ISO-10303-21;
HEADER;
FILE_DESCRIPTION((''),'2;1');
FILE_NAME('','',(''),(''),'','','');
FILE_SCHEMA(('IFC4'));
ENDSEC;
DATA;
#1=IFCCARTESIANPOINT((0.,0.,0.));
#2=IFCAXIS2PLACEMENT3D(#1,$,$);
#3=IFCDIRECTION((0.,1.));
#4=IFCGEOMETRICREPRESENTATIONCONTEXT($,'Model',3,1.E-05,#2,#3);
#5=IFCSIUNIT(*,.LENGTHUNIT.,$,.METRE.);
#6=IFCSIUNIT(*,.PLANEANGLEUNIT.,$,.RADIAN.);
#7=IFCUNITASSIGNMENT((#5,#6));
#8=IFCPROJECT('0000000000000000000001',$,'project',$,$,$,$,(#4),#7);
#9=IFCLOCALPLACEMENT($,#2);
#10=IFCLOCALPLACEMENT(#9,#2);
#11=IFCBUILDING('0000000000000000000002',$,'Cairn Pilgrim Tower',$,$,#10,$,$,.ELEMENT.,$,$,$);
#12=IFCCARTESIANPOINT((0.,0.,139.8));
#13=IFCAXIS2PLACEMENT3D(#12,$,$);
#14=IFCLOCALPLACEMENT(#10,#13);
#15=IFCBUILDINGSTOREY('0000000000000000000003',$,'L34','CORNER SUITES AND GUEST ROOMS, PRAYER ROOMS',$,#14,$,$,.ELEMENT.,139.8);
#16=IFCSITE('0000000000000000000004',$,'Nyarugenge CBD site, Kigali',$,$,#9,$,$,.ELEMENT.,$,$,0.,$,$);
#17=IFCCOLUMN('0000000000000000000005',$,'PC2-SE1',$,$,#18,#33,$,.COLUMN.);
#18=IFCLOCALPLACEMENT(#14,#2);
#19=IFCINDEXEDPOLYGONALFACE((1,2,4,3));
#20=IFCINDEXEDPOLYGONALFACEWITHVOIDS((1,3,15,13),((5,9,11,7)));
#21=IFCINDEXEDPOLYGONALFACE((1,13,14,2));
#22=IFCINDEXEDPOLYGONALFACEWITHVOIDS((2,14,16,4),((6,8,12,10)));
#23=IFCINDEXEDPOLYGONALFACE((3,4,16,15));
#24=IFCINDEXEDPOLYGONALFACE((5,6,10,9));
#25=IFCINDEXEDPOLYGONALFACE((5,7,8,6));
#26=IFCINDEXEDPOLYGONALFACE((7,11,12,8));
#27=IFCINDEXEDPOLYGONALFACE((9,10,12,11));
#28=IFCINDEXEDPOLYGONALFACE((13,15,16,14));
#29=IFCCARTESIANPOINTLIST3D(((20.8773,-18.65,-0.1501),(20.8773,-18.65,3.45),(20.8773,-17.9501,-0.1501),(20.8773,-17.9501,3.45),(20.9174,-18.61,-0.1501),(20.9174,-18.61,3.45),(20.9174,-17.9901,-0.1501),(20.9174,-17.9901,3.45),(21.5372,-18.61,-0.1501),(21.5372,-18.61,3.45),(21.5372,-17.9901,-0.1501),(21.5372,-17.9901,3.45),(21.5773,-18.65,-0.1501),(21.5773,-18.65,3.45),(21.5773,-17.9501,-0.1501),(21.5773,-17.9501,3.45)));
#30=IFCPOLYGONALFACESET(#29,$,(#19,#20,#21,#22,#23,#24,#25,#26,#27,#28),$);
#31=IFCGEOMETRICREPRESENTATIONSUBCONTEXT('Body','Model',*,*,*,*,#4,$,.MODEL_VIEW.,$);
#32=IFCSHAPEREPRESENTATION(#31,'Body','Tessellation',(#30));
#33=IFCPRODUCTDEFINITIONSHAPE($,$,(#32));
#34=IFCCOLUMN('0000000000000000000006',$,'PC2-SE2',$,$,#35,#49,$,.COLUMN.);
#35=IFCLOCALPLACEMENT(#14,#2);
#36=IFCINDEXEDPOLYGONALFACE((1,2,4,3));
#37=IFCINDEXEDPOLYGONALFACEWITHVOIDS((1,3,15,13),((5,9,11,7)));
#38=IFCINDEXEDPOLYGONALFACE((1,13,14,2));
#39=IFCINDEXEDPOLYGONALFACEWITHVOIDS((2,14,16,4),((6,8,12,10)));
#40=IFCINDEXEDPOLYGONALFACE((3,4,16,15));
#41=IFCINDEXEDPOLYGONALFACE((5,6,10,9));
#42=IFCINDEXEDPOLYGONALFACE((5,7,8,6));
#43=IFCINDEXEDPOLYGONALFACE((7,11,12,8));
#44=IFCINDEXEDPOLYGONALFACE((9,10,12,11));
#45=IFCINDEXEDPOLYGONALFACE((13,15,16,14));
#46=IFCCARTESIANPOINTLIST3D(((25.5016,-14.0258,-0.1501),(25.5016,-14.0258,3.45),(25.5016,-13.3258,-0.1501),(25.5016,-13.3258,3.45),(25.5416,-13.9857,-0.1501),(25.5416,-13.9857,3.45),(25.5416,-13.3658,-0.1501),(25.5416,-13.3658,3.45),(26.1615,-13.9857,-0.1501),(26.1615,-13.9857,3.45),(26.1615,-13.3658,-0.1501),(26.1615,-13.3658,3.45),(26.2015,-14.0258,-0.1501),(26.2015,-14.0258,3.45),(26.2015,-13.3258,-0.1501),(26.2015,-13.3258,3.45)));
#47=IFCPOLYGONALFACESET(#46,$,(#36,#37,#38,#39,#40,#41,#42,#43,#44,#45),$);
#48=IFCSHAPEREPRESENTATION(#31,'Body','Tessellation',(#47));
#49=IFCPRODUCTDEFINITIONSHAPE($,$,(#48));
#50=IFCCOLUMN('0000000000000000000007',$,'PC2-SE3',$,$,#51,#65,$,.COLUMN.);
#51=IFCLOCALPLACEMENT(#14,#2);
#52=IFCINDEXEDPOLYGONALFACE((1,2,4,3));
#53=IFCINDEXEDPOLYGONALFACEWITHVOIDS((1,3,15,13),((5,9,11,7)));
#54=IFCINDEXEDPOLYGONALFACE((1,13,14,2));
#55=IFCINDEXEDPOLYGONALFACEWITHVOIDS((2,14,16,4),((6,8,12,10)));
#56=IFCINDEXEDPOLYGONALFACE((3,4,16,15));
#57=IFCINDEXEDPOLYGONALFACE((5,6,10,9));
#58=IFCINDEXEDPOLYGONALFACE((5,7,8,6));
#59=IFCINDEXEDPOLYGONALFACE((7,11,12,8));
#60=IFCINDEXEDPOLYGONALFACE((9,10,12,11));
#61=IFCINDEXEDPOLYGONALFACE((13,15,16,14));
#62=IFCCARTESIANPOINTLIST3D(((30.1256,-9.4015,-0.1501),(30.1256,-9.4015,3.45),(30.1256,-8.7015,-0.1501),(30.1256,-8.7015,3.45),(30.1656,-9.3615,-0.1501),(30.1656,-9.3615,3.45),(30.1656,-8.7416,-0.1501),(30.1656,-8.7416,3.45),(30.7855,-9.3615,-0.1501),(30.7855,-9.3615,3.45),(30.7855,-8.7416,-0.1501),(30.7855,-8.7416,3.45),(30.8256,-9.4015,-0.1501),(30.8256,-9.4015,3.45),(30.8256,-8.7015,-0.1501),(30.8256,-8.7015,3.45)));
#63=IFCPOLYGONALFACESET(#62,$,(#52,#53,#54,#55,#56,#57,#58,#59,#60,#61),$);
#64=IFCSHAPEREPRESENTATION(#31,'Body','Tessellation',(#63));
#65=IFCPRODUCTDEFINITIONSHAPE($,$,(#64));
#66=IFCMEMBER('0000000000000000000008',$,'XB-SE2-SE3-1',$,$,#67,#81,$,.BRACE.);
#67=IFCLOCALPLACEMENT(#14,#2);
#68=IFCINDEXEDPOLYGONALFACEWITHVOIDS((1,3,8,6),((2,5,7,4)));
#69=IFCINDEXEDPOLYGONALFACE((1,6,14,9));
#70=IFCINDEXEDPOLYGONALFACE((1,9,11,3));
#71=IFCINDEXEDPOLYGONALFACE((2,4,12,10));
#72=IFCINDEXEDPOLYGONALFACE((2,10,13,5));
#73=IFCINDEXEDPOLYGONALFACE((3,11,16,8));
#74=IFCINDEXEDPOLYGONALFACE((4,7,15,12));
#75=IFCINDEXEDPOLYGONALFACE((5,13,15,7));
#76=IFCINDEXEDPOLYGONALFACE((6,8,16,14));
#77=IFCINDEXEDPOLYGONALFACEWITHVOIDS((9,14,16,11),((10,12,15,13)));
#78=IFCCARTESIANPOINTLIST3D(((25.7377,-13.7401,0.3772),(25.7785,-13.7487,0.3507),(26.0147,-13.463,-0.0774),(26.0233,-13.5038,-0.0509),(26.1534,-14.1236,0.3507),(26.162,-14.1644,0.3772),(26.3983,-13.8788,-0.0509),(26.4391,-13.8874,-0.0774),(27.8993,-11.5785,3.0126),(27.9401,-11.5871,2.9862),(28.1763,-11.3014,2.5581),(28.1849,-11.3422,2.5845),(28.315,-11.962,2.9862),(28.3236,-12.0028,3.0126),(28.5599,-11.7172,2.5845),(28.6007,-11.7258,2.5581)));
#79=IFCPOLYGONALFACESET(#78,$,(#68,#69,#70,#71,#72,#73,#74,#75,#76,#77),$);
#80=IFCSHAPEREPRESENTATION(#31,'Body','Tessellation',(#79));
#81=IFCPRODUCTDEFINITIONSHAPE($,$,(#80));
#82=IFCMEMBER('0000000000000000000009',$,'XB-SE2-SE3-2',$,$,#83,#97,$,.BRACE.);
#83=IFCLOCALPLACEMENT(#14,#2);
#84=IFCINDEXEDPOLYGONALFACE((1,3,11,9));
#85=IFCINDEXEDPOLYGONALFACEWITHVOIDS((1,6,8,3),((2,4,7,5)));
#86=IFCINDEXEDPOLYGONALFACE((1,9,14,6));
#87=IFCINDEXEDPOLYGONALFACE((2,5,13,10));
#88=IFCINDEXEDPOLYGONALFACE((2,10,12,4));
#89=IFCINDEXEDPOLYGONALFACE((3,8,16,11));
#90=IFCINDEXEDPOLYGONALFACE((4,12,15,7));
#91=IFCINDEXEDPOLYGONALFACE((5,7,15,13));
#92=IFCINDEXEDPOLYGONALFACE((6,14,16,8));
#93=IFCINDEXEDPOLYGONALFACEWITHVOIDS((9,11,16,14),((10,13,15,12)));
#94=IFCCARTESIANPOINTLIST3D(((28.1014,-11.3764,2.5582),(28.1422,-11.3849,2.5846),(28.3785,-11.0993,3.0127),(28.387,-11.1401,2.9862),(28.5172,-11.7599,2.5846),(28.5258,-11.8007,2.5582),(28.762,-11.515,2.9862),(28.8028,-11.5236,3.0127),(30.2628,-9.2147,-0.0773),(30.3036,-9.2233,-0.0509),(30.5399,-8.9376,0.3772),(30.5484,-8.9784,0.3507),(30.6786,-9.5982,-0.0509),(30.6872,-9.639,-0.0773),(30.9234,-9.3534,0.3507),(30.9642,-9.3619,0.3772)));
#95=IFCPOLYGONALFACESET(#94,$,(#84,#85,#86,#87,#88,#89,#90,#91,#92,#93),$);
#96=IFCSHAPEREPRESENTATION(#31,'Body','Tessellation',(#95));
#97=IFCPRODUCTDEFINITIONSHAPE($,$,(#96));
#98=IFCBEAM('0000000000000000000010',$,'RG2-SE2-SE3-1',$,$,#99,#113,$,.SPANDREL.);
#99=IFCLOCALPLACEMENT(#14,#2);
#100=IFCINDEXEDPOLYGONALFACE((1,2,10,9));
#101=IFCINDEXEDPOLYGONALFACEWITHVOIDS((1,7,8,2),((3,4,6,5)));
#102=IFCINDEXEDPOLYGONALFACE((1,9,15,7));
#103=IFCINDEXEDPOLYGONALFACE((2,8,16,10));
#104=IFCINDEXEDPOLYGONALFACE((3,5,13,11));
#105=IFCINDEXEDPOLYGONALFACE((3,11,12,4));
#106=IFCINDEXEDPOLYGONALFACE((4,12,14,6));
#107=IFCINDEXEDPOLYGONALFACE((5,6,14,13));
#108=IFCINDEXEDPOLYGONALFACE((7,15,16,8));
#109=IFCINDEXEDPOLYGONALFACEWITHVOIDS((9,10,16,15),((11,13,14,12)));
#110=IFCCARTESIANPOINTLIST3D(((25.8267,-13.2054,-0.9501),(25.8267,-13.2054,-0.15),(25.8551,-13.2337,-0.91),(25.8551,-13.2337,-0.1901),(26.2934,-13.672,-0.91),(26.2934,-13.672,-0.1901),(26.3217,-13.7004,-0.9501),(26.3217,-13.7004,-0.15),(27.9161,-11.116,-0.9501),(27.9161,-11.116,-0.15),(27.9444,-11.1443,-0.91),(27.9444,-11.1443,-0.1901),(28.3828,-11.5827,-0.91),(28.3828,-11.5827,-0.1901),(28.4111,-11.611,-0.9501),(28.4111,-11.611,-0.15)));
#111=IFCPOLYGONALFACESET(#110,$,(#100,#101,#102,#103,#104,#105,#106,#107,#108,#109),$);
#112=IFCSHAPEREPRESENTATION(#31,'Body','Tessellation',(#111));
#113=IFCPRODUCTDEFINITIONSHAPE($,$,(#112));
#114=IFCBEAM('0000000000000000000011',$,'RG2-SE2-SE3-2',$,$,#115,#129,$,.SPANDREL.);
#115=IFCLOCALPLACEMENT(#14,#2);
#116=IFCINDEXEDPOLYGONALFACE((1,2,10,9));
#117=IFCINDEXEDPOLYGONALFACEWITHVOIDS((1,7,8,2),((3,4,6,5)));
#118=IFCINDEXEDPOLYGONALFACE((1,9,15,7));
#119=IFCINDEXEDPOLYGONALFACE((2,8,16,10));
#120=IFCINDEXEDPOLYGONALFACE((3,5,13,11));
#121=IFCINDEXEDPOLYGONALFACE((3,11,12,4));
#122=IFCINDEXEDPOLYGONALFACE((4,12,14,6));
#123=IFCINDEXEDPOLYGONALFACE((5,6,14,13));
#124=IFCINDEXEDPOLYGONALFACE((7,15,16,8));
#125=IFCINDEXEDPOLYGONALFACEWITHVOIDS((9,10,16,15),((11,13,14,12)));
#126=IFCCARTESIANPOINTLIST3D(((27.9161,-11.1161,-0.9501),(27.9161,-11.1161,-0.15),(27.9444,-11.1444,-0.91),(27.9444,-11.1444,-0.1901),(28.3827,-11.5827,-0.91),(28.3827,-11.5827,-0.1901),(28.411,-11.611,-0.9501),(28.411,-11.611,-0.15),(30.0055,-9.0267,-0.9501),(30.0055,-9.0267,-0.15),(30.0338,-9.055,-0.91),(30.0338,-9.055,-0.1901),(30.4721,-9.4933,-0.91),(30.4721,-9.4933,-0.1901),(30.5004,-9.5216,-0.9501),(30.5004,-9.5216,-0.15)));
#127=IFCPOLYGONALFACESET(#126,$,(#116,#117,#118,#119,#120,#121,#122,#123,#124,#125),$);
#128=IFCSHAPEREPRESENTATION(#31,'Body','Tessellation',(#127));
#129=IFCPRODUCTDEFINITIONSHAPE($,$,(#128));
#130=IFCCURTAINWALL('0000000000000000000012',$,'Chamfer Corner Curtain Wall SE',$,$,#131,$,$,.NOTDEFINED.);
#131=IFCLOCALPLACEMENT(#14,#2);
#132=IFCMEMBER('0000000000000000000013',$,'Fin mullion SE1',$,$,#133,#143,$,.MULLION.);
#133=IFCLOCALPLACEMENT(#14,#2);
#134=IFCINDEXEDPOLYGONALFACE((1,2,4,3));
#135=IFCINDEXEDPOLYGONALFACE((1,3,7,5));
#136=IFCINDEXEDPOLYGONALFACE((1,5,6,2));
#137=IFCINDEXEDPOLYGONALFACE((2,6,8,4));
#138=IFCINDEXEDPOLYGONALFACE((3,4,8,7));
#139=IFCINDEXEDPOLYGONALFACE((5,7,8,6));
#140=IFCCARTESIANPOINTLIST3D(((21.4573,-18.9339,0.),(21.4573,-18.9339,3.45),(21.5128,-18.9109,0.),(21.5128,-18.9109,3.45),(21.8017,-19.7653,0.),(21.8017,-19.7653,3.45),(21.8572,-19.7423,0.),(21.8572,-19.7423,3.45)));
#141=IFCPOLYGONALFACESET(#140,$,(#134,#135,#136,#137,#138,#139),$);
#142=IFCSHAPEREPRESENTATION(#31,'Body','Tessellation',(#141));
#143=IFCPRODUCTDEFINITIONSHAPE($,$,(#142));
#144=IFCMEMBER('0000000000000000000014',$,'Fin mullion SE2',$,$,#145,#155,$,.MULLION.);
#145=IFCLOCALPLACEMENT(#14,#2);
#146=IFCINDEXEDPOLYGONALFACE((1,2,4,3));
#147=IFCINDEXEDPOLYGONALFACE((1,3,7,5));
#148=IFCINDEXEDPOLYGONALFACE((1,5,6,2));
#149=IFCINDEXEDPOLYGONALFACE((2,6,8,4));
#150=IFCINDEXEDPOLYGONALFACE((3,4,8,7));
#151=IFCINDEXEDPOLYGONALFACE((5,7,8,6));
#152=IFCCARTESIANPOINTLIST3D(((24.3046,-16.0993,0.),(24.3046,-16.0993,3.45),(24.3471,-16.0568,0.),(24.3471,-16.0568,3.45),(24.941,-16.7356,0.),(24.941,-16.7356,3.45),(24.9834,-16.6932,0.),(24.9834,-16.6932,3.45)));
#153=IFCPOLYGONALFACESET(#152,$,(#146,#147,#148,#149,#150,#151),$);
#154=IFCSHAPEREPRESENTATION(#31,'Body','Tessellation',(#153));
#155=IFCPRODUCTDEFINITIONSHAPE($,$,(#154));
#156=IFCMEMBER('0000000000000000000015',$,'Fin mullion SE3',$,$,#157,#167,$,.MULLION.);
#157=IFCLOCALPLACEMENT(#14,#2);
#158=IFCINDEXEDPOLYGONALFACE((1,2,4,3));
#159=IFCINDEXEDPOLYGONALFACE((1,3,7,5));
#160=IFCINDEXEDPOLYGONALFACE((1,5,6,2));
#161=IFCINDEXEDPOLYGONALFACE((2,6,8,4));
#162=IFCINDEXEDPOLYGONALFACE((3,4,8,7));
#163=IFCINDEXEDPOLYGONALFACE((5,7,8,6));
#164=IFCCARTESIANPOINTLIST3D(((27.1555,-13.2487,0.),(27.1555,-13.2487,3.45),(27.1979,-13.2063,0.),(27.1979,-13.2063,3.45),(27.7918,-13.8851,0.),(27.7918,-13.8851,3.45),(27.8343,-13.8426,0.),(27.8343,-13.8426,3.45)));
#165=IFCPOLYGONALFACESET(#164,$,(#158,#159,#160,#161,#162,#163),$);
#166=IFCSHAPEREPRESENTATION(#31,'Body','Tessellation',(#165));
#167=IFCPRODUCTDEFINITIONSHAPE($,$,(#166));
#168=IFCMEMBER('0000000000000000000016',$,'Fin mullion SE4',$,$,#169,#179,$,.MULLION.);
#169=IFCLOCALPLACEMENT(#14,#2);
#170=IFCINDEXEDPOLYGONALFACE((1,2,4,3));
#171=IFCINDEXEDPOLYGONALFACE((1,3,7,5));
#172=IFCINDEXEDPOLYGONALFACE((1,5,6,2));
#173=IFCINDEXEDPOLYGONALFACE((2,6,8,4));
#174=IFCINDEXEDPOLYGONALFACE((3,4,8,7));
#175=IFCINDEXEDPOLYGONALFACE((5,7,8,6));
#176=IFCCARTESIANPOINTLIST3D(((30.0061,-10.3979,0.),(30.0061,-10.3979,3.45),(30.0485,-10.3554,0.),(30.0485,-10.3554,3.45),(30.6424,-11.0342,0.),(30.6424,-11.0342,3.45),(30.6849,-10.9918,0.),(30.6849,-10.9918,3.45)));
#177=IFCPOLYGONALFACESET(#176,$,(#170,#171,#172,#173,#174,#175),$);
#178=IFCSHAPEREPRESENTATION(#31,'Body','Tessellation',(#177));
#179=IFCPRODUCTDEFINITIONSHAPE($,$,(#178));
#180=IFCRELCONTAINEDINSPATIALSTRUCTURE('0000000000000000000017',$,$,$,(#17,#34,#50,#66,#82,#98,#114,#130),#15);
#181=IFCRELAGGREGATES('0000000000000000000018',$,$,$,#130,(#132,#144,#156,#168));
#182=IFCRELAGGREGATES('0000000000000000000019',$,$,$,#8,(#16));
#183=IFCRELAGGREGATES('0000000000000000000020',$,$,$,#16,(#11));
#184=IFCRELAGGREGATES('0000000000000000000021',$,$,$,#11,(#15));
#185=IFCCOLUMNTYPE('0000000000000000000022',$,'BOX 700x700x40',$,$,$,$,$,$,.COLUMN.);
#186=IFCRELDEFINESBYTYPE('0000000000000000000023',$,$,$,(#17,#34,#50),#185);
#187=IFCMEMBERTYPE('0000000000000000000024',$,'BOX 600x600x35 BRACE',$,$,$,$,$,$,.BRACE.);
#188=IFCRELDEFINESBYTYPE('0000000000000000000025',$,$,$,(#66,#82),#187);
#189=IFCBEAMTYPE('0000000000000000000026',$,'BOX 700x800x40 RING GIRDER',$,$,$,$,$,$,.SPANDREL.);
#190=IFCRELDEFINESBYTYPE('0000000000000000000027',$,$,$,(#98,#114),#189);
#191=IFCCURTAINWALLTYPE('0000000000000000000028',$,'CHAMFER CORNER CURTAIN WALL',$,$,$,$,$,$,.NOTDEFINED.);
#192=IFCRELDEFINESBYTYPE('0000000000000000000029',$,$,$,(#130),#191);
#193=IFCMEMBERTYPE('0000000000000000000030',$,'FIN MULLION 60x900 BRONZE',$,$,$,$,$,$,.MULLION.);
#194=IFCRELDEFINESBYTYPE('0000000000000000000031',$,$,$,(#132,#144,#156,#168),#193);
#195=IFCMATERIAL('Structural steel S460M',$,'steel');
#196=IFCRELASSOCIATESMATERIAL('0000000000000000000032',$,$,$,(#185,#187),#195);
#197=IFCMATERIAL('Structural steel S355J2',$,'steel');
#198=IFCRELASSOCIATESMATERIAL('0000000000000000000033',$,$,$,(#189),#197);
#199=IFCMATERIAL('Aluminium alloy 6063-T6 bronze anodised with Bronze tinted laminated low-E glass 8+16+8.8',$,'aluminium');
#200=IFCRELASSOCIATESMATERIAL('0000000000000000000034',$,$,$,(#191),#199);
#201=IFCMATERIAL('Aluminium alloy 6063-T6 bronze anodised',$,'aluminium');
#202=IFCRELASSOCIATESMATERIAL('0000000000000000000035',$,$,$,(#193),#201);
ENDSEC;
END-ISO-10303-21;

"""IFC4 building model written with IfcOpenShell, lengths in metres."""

from ifc_helpers import new_model, si_unit, direction, frame, origin, origin_2d, place, context, subcontext, project, spatial, rectangle, hollow_rectangle, extrude, material, material_profile, profile_set, type_object, element, aggregate, save


model = new_model("IFC4")

# Units and contexts
model_context = context("Model", 3, precision=1e-05, world=origin(), true_north=direction((0.0, 1.0)))
body_context = subcontext(model_context, "Body", "Model", "MODEL_VIEW")
ifc_project = project(units=[si_unit("LENGTHUNIT", "METRE"), si_unit("PLANEANGLEUNIT", "RADIAN")], contexts=[model_context])

# Site, building, storey
site_placement = place(None, origin())
site = spatial("IfcSite", under=ifc_project, at=site_placement, Name="Nyarugenge CBD site, Kigali", CompositionType="ELEMENT", RefElevation=0.0)
building_placement = place(site_placement, origin())
building = spatial("IfcBuilding", under=site, at=building_placement, Name="Cairn Pilgrim Tower", CompositionType="ELEMENT")
storey_placement = place(building_placement, frame((0.0, 0.0, 139.8)))
storey = spatial("IfcBuildingStorey", under=building, at=storey_placement, Name="L34", Description="CORNER SUITES AND GUEST ROOMS, PRAYER ROOMS", CompositionType="ELEMENT", Elevation=139.8)

# Columns
ifc_material_1 = material(Name="Structural steel S460M", Category="steel")
ifc_material_profile_1 = material_profile(ifc_material_1, hollow_rectangle(XDim=0.7, YDim=0.7, WallThickness=0.04, at=origin_2d()), Name="BOX 700x700x40")
ifc_profile_set_1 = profile_set([ifc_material_profile_1], Name="Structural steel S460M")
column_type = type_object("IfcColumnType", Name="BOX 700x700x40", PredefinedType="COLUMN", material=ifc_profile_set_1)
for number, where, z_axis, x_axis, name in (
    (1, (21.2273, -18.3, -0.1501), (0.0, 0.0, 1.0), (1.0, 0.0, 0.0), "PC2-SE1"),
    (2, (25.8516, -13.6758, -0.1501), (0.0, 0.0, 1.0), (1.0, 0.0, 0.0), "PC2-SE2"),
    (3, (30.4756, -9.0515, -0.1501), (0.0, 0.0, 1.0), (1.0, 0.0, 0.0), "PC2-SE3"),
):
    element("IfcColumn", number, at=place(storey_placement, frame(where, z_axis=z_axis, x_axis=x_axis)), inside=storey, type_object=column_type, Name=name, PredefinedType="COLUMN", context=body_context, shape_type="SweptSolid", body=[
        extrude(hollow_rectangle(XDim=0.7, YDim=0.7, WallThickness=0.04, at=origin_2d()), origin(), (0.0, 0.0, 1.0), 3.6001),
    ])

# Members
ifc_material_profile_2 = material_profile(ifc_material_1, hollow_rectangle(XDim=0.6001, YDim=0.6001, WallThickness=0.0349, at=origin_2d()), Name="BOX 600x600x35")
ifc_profile_set_2 = profile_set([ifc_material_profile_2], Name="Structural steel S460M")
member_type_1 = type_object("IfcMemberType", Name="BOX 600x600x35 BRACE", PredefinedType="BRACE", material=ifc_profile_set_2)
for number, where, z_axis, x_axis, name in (
    (4, (26.0884, -13.8137, 0.1499), (0.535556, 0.535556, 0.652962), (-0.707107, 0.707107, 0.0), "XB-SE2-SE3-1"),
    (5, (30.6135, -9.2883, 0.1499), (-0.535513, -0.535573, 0.652983), (0.707147, -0.707067, 0.0), "XB-SE2-SE3-2"),
):
    element("IfcMember", number, at=place(storey_placement, frame(where, z_axis=z_axis, x_axis=x_axis)), inside=storey, type_object=member_type_1, Name=name, PredefinedType="BRACE", context=body_context, shape_type="SweptSolid", body=[
        extrude(hollow_rectangle(XDim=0.6001, YDim=0.6001, WallThickness=0.0349, at=origin_2d()), origin(), (0.0, 0.0, 1.0), 4.0361),
    ])

# Beams
ifc_material_2 = material(Name="Structural steel S355J2", Category="steel")
ifc_material_profile_3 = material_profile(ifc_material_2, hollow_rectangle(XDim=0.7, YDim=0.8, WallThickness=0.04, at=origin_2d()), Name="BOX 700x800x40")
ifc_profile_set_3 = profile_set([ifc_material_profile_3], Name="Structural steel S355J2")
beam_type_1 = type_object("IfcBeamType", Name="BOX 700x800x40 RING GIRDER", PredefinedType="SPANDREL", material=ifc_profile_set_3)
for number, where, z_axis, x_axis, name in (
    (6, (26.0742, -13.4529, -0.55), (0.707107, 0.707107, 0.0), (-0.707107, 0.707107, 0.0), "RG2-SE2-SE3-1"),
    (7, (28.1636, -11.3635, -0.55), (0.707107, 0.707107, 0.0), (-0.707107, 0.707107, 0.0), "RG2-SE2-SE3-2"),
):
    element("IfcBeam", number, at=place(storey_placement, frame(where, z_axis=z_axis, x_axis=x_axis)), inside=storey, type_object=beam_type_1, Name=name, PredefinedType="SPANDREL", context=body_context, shape_type="SweptSolid", body=[
        extrude(hollow_rectangle(XDim=0.7, YDim=0.8, WallThickness=0.04, at=origin_2d()), origin(), (0.0, 0.0, 1.0), 2.9548),
    ])

# Curtain wall, members
ifc_material_3 = material(Name="Aluminium alloy 6063-T6 bronze anodised with Bronze tinted laminated low-E glass 8+16+8.8", Category="aluminium")
curtain_wall_type = type_object("IfcCurtainWallType", Name="CHAMFER CORNER CURTAIN WALL", PredefinedType="NOTDEFINED", material=ifc_material_3)
curtain_wall_placement = place(storey_placement, origin())
curtain_wall = element("IfcCurtainWall", 8, at=curtain_wall_placement, inside=storey, type_object=curtain_wall_type, Name="Chamfer Corner Curtain Wall SE", PredefinedType="NOTDEFINED")
ifc_material_4 = material(Name="Aluminium alloy 6063-T6 bronze anodised", Category="aluminium")
ifc_material_profile_4 = material_profile(ifc_material_4, rectangle(XDim=0.8999, YDim=0.0601, at=origin_2d()), Name="FIN MULLION 60x900 BRONZE")
ifc_profile_set_4 = profile_set([ifc_material_profile_4], Name="Aluminium alloy 6063-T6 bronze anodised")
member_type_2 = type_object("IfcMemberType", Name="FIN MULLION 60x900 BRONZE", PredefinedType="MULLION", material=ifc_profile_set_4)
member_1_placement = place(storey_placement, frame((21.6572, -19.3381, 0.0), z_axis=(0.0, 0.0, 1.0), x_axis=(0.382683, -0.92388, 0.0)))
member_1 = element("IfcMember", 9, at=member_1_placement, type_object=member_type_2, Name="Fin mullion SE1", PredefinedType="MULLION", context=body_context, shape_type="SweptSolid", body=[
    extrude(rectangle(XDim=0.8999, YDim=0.0601, at=origin_2d()), origin(), (0.0, 0.0, 1.0), 3.45),
])
member_2_placement = place(storey_placement, frame((24.644, -16.3962, 0.0), z_axis=(0.0, 0.0, 1.0), x_axis=(0.707107, -0.707107, 0.0)))
member_2 = element("IfcMember", 10, at=member_2_placement, type_object=member_type_2, Name="Fin mullion SE2", PredefinedType="MULLION", context=body_context, shape_type="SweptSolid", body=[
    extrude(rectangle(XDim=0.8999, YDim=0.0601, at=origin_2d()), origin(), (0.0, 0.0, 1.0), 3.45),
])
member_3_placement = place(storey_placement, frame((27.4949, -13.5457, 0.0), z_axis=(0.0, 0.0, 1.0), x_axis=(0.707107, -0.707107, 0.0)))
member_3 = element("IfcMember", 11, at=member_3_placement, type_object=member_type_2, Name="Fin mullion SE3", PredefinedType="MULLION", context=body_context, shape_type="SweptSolid", body=[
    extrude(rectangle(XDim=0.8999, YDim=0.0601, at=origin_2d()), origin(), (0.0, 0.0, 1.0), 3.45),
])
member_4_placement = place(storey_placement, frame((30.3455, -10.6948, 0.0), z_axis=(0.0, 0.0, 1.0), x_axis=(0.707107, -0.707107, 0.0)))
member_4 = element("IfcMember", 12, at=member_4_placement, type_object=member_type_2, Name="Fin mullion SE4", PredefinedType="MULLION", context=body_context, shape_type="SweptSolid", body=[
    extrude(rectangle(XDim=0.8999, YDim=0.0601, at=origin_2d()), origin(), (0.0, 0.0, 1.0), 3.45),
])

aggregate(curtain_wall, [member_1, member_2, member_3, member_4])

save(model, "model.ifc")
